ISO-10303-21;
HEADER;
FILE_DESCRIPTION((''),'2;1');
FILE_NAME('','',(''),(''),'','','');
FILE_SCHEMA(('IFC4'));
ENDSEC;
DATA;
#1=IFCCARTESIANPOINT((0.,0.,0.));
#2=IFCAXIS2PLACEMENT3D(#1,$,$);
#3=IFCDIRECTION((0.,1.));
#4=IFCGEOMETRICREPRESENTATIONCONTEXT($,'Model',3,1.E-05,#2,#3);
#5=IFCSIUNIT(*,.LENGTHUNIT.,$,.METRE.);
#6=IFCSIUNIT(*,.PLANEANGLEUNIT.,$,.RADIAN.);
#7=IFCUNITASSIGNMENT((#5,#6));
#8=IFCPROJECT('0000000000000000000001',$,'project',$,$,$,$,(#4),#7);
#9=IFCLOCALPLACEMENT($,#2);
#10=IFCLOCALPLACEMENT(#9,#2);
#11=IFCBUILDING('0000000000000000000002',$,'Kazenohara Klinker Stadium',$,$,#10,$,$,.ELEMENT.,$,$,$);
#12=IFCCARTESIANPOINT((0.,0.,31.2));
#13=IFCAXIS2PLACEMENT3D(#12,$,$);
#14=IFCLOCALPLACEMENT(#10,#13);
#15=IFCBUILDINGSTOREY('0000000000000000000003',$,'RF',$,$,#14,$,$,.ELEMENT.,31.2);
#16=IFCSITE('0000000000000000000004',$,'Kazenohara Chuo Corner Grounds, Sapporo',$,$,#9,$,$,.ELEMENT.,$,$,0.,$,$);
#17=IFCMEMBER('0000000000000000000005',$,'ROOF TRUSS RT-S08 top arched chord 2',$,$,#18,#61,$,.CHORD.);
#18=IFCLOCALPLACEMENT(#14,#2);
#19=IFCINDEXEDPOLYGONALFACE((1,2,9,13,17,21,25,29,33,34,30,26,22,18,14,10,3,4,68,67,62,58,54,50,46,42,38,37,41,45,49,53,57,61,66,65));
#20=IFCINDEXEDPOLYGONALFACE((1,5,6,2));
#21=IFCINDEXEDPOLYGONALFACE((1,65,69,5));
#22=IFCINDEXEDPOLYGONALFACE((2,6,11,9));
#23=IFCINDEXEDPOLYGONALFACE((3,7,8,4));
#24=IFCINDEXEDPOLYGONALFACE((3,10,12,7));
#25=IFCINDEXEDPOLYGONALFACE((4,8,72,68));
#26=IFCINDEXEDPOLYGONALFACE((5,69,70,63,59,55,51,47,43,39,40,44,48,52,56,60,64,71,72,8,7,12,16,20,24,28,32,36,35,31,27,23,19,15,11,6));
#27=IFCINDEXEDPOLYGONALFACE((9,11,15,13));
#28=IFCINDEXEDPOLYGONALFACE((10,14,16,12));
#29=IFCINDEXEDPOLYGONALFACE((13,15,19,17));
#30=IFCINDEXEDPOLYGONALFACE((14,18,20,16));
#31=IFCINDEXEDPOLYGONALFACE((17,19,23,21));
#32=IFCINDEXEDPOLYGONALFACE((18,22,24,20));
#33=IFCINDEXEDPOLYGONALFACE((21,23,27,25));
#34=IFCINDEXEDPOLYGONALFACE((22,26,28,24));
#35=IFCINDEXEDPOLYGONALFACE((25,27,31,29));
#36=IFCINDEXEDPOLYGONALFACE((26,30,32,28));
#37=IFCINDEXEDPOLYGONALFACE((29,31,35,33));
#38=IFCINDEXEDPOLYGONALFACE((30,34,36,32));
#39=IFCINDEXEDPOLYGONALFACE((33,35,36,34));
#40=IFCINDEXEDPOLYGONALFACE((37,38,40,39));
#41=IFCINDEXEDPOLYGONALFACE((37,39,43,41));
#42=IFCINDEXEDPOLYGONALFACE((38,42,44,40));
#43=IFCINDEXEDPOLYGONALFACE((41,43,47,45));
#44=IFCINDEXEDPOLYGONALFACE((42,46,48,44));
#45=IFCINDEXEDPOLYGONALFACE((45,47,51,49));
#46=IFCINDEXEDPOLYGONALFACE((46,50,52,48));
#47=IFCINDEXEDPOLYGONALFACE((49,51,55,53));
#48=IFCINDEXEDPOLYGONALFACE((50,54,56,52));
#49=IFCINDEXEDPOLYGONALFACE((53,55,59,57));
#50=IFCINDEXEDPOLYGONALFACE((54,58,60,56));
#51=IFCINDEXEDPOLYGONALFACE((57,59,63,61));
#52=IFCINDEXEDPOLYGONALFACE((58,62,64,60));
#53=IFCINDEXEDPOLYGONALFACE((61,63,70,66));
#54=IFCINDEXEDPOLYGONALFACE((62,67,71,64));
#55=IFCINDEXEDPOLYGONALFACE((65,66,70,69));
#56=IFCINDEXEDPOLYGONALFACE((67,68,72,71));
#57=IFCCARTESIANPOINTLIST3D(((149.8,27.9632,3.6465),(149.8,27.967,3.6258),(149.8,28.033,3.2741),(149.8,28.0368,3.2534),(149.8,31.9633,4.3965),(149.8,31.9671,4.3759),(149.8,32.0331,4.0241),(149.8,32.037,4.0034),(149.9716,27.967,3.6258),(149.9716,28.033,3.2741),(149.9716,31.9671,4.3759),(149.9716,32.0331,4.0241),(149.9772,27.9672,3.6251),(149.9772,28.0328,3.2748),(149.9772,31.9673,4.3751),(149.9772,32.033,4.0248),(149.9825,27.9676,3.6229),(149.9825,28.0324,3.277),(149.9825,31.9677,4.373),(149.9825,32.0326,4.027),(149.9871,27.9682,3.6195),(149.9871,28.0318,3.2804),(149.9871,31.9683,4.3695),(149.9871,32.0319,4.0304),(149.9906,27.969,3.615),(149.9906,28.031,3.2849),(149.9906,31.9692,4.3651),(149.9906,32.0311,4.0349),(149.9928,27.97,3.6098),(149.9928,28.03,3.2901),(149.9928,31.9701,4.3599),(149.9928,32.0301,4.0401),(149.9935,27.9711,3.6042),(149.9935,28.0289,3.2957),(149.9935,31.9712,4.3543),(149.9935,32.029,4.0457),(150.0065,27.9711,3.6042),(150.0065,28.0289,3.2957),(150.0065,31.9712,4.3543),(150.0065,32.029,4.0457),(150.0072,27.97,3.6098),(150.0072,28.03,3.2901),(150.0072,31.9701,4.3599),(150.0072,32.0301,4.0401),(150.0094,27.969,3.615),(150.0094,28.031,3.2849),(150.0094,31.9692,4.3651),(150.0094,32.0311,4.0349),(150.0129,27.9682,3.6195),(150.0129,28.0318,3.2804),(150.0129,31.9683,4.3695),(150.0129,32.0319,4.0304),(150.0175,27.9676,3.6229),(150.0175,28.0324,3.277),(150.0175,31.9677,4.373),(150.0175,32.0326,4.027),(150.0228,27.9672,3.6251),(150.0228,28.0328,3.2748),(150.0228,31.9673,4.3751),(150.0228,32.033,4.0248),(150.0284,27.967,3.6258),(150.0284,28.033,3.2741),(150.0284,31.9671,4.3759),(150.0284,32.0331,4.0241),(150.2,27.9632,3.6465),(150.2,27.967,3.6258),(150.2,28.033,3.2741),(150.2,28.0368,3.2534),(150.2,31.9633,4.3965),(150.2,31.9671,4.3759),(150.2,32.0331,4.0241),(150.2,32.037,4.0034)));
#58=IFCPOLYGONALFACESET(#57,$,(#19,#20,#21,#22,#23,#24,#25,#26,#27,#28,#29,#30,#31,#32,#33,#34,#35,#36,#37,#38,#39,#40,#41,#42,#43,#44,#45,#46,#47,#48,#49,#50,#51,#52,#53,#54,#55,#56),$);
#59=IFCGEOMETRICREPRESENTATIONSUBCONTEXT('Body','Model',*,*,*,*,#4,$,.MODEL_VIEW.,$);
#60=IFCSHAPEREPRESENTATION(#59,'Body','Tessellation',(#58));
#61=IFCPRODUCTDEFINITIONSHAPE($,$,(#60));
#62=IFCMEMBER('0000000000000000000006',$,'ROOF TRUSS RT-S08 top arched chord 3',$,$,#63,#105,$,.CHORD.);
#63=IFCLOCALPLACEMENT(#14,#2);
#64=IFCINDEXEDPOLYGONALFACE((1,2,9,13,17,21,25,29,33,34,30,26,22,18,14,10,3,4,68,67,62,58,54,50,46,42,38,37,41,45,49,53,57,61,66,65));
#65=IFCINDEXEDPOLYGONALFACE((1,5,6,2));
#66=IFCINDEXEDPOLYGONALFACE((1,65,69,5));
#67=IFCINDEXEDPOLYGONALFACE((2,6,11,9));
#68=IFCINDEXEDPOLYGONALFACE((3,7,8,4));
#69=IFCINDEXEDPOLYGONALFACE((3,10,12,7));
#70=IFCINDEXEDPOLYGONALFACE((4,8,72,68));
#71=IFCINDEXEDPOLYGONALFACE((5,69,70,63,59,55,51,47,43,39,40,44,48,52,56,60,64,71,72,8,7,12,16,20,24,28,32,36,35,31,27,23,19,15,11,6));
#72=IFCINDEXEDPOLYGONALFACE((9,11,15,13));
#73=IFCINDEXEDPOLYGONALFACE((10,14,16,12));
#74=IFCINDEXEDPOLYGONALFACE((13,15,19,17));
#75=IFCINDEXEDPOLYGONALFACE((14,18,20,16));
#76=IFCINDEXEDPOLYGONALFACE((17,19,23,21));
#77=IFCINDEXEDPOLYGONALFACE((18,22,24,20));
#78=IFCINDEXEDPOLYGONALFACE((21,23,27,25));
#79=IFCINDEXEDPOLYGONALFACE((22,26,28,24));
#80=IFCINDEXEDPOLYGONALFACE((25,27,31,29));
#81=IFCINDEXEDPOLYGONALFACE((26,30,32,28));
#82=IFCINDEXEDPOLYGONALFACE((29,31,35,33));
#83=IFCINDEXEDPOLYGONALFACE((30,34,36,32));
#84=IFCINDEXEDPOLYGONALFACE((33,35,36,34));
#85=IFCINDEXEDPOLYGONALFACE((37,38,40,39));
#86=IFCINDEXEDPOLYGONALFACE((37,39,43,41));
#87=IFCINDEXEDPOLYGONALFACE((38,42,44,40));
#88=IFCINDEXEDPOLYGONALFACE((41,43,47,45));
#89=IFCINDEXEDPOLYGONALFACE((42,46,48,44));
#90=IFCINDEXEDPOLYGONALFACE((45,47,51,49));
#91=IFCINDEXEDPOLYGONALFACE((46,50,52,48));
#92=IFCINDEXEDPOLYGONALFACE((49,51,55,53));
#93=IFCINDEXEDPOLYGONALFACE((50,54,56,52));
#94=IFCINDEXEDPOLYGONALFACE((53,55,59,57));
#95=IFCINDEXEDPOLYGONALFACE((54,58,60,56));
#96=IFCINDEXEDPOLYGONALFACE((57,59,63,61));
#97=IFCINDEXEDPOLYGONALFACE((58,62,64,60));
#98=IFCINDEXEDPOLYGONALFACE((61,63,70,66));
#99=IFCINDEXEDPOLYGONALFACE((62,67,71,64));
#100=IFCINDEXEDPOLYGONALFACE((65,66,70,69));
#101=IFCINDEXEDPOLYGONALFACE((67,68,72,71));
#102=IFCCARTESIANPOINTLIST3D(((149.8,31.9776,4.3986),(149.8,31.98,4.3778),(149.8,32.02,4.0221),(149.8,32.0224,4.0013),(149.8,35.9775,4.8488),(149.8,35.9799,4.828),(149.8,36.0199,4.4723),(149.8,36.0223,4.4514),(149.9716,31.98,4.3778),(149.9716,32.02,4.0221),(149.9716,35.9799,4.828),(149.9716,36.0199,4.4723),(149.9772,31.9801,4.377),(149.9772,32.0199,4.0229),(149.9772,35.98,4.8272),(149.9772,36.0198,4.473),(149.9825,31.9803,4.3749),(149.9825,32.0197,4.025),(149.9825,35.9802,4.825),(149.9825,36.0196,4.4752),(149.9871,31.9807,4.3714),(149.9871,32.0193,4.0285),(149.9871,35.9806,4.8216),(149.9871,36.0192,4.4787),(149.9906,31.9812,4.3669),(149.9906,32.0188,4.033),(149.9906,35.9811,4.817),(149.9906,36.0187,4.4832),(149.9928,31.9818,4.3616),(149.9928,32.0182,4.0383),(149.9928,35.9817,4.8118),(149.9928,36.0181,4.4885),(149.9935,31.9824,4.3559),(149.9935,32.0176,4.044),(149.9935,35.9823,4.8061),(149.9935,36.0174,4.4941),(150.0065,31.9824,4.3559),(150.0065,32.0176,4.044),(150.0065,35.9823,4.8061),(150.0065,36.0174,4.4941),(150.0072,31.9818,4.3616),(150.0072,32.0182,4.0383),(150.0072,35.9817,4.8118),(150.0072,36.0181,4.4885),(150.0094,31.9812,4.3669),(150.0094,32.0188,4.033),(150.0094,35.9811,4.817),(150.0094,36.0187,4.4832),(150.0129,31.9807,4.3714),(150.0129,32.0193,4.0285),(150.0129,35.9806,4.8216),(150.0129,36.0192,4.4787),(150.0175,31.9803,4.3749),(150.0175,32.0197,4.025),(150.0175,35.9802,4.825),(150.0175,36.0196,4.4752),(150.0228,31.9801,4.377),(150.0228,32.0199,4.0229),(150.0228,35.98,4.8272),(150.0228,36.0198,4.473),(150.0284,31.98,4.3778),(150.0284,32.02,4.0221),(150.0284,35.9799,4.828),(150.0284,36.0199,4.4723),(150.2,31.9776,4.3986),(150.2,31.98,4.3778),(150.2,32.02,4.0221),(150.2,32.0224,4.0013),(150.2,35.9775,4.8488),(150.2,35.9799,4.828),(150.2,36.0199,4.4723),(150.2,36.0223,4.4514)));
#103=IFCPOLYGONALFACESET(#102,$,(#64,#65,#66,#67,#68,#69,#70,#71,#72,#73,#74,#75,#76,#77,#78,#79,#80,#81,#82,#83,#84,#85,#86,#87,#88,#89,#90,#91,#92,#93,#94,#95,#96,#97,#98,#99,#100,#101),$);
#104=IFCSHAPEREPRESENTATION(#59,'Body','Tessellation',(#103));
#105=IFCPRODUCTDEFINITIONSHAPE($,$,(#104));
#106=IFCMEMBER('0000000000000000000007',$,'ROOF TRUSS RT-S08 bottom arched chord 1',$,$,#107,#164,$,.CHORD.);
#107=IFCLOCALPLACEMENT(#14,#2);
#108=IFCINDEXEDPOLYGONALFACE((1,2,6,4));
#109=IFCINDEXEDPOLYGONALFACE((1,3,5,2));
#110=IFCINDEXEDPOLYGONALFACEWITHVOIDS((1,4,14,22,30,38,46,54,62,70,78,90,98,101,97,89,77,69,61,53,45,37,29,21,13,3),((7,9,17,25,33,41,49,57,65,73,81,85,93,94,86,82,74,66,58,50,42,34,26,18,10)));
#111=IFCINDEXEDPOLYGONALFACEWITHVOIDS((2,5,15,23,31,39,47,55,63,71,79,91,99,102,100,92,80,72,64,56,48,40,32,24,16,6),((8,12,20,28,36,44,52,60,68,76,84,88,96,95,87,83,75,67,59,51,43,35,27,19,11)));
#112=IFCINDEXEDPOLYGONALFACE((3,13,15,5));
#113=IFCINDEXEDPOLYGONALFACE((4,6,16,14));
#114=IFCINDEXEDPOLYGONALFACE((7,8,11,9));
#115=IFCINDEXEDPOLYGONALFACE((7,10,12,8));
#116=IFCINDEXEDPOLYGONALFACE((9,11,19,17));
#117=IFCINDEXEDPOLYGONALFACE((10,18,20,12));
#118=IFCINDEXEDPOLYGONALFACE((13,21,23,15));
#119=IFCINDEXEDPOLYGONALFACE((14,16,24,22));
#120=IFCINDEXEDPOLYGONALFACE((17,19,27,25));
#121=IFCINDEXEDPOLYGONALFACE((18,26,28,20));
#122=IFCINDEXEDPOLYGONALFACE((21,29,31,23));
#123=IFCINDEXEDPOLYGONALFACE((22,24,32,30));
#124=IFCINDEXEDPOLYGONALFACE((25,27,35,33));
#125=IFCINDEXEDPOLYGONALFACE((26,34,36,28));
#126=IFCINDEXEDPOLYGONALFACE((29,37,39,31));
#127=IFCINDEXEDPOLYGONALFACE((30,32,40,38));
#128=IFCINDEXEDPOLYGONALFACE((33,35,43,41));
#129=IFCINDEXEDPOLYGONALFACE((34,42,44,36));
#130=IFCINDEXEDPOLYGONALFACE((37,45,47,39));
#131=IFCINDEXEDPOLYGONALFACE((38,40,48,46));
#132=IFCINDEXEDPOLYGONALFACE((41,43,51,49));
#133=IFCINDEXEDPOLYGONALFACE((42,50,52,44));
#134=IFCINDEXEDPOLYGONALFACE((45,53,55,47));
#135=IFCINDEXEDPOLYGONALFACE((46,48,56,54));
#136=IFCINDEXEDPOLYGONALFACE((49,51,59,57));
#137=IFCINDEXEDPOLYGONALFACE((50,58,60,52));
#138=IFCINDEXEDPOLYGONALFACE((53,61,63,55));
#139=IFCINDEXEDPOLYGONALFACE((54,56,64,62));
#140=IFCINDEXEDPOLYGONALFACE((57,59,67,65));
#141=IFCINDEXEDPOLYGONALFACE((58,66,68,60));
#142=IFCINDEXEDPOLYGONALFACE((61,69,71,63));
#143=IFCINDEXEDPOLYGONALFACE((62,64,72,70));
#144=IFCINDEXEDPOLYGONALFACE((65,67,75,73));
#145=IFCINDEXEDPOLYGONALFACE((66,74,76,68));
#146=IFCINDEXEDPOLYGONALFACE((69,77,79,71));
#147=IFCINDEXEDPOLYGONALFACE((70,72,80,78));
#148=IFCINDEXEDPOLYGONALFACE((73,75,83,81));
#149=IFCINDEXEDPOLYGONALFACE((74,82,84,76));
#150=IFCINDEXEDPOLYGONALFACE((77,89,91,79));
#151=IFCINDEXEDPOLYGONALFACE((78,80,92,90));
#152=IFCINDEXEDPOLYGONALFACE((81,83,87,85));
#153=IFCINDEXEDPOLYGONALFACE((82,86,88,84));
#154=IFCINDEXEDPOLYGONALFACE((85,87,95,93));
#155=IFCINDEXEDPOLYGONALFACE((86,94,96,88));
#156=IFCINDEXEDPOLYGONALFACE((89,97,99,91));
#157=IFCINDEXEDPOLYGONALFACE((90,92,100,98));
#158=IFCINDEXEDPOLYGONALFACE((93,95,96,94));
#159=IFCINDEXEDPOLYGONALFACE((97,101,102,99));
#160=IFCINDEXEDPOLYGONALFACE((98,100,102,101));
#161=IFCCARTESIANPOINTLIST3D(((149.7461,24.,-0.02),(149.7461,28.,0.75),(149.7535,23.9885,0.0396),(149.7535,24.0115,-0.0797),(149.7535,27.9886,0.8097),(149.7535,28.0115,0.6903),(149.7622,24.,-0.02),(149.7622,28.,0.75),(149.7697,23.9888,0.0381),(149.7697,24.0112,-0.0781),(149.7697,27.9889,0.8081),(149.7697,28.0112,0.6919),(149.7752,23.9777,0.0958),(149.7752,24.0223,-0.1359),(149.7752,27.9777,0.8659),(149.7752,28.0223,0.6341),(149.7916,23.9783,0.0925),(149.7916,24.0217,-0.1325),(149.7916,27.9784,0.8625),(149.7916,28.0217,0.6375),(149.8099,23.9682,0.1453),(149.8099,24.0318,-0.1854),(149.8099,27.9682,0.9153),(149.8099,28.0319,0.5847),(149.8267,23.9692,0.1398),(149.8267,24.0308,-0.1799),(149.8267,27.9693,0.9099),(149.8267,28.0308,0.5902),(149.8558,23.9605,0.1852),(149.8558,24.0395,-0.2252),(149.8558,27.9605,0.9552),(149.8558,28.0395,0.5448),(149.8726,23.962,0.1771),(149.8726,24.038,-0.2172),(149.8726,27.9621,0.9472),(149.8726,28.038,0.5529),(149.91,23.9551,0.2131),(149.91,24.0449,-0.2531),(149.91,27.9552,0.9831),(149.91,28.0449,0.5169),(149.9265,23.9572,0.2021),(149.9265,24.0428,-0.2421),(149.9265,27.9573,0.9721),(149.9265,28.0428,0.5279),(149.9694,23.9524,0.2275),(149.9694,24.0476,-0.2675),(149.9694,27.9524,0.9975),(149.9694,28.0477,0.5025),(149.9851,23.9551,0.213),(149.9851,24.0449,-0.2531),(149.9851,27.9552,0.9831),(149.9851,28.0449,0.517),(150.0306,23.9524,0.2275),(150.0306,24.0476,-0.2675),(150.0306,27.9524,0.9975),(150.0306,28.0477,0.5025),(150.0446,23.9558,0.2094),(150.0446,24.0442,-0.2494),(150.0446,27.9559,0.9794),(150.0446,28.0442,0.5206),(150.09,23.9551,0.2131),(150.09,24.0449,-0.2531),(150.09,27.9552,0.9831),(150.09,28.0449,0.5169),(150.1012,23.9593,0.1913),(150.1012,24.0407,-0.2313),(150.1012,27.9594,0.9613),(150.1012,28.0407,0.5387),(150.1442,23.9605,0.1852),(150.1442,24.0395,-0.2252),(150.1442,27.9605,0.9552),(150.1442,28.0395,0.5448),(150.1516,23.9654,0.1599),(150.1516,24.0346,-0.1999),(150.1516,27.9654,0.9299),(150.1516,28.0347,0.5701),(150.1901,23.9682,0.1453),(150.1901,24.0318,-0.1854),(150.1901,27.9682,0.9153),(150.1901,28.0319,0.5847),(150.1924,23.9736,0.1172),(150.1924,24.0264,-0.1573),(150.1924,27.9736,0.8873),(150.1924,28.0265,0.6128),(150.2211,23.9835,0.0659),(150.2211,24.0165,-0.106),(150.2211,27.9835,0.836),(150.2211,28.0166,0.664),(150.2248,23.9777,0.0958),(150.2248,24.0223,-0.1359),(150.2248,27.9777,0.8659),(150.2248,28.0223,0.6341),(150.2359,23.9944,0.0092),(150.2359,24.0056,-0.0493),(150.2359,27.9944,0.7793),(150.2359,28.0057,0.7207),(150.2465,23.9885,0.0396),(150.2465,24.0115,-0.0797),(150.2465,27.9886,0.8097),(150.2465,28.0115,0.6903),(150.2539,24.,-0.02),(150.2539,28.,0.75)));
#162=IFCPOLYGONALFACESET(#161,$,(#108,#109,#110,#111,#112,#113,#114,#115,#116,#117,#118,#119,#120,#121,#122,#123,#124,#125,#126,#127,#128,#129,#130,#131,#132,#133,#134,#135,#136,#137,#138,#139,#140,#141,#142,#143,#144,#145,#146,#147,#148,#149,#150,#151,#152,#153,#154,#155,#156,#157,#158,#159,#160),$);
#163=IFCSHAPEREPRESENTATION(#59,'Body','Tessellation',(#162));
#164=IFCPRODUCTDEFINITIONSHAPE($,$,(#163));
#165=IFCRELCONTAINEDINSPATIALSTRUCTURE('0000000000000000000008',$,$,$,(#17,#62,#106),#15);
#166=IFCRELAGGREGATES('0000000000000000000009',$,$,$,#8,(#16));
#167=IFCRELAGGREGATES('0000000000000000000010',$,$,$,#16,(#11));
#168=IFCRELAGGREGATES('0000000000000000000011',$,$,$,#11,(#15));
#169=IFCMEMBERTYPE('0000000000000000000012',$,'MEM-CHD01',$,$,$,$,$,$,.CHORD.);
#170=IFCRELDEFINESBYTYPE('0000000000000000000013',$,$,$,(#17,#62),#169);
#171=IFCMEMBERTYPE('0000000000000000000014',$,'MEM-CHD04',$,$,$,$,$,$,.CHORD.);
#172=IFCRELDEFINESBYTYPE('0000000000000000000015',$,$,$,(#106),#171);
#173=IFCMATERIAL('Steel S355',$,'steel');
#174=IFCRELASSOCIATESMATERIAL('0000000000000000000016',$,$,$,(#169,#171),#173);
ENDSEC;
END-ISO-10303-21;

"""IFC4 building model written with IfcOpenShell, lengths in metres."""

from ifc_helpers import new_model, si_unit, direction, frame, origin, origin_2d, place, context, subcontext, project, spatial, hollow_circle, i_section, extrude, material, material_profile, profile_set, type_object, element, save


model = new_model("IFC4")

# Units and contexts
model_context = context("Model", 3, precision=1e-05, world=origin(), true_north=direction((0.0, 1.0)))
body_context = subcontext(model_context, "Body", "Model", "MODEL_VIEW")
ifc_project = project(units=[si_unit("LENGTHUNIT", "METRE"), si_unit("PLANEANGLEUNIT", "RADIAN")], contexts=[model_context])

# Site, building, storey
site_placement = place(None, origin())
site = spatial("IfcSite", under=ifc_project, at=site_placement, Name="Kazenohara Chuo Corner Grounds, Sapporo", CompositionType="ELEMENT", RefElevation=0.0)
building_placement = place(site_placement, origin())
building = spatial("IfcBuilding", under=site, at=building_placement, Name="Kazenohara Klinker Stadium", CompositionType="ELEMENT")
storey_placement = place(building_placement, frame((0.0, 0.0, 31.2)))
storey = spatial("IfcBuildingStorey", under=building, at=storey_placement, Name="RF", CompositionType="ELEMENT", Elevation=31.2)

# Members
ifc_material_1 = material(Name="Steel S355", Category="steel")
ifc_material_profile_1 = material_profile(ifc_material_1, i_section(OverallWidth=0.3999, OverallDepth=0.3999, WebThickness=0.0129, FlangeThickness=0.021, FilletRadius=0.022, at=origin_2d()), Name="H-400x400x13x21")
ifc_profile_set_1 = profile_set([ifc_material_profile_1], Name="Steel S355")
member_type_1 = type_object("IfcMemberType", Name="MEM-CHD01", PredefinedType="CHORD", material=ifc_profile_set_1)
member_1_placement = place(storey_placement, frame((150.0, 28.0, 3.45), z_axis=(0.0, 0.982872, 0.184289), x_axis=(-1.0, 0.0, 0.0)))
element("IfcMember", 1, at=member_1_placement, inside=storey, type_object=member_type_1, Name="ROOF TRUSS RT-S08 top arched chord 2", PredefinedType="CHORD", context=body_context, shape_type="SweptSolid", body=[
    extrude(i_section(OverallWidth=0.3999, OverallDepth=0.3999, WebThickness=0.0129, FlangeThickness=0.021, FilletRadius=0.022, at=origin_2d()), origin(), (0.0, 0.0, 1.0), 4.0698),
])
member_2_placement = place(storey_placement, frame((150.0, 32.0, 4.2), z_axis=(0.0, 0.993726, 0.111843), x_axis=(-1.0, 0.0, 0.0)))
element("IfcMember", 2, at=member_2_placement, inside=storey, type_object=member_type_1, Name="ROOF TRUSS RT-S08 top arched chord 3", PredefinedType="CHORD", context=body_context, shape_type="SweptSolid", body=[
    extrude(i_section(OverallWidth=0.3999, OverallDepth=0.3999, WebThickness=0.0129, FlangeThickness=0.021, FilletRadius=0.022, at=origin_2d()), origin(), (0.0, 0.0, 1.0), 4.0251),
])
ifc_material_profile_2 = material_profile(ifc_material_1, hollow_circle(Radius=0.2539, WallThickness=0.0161, at=origin_2d()), Name="CHS-508.0x16")
ifc_profile_set_2 = profile_set([ifc_material_profile_2], Name="Steel S355")
member_type_2 = type_object("IfcMemberType", Name="MEM-CHD04", PredefinedType="CHORD", material=ifc_profile_set_2)
member_3_placement = place(storey_placement, frame((150.0, 24.0, -0.02), z_axis=(0.0, 0.981971, 0.189034), x_axis=(-1.0, 0.0, 0.0)))
element("IfcMember", 3, at=member_3_placement, inside=storey, type_object=member_type_2, Name="ROOF TRUSS RT-S08 bottom arched chord 1", PredefinedType="CHORD", context=body_context, shape_type="SweptSolid", body=[
    extrude(hollow_circle(Radius=0.2539, WallThickness=0.0161, at=origin_2d()), origin(), (0.0, 0.0, 1.0), 4.0735),
])

save(model, "model.ifc")
